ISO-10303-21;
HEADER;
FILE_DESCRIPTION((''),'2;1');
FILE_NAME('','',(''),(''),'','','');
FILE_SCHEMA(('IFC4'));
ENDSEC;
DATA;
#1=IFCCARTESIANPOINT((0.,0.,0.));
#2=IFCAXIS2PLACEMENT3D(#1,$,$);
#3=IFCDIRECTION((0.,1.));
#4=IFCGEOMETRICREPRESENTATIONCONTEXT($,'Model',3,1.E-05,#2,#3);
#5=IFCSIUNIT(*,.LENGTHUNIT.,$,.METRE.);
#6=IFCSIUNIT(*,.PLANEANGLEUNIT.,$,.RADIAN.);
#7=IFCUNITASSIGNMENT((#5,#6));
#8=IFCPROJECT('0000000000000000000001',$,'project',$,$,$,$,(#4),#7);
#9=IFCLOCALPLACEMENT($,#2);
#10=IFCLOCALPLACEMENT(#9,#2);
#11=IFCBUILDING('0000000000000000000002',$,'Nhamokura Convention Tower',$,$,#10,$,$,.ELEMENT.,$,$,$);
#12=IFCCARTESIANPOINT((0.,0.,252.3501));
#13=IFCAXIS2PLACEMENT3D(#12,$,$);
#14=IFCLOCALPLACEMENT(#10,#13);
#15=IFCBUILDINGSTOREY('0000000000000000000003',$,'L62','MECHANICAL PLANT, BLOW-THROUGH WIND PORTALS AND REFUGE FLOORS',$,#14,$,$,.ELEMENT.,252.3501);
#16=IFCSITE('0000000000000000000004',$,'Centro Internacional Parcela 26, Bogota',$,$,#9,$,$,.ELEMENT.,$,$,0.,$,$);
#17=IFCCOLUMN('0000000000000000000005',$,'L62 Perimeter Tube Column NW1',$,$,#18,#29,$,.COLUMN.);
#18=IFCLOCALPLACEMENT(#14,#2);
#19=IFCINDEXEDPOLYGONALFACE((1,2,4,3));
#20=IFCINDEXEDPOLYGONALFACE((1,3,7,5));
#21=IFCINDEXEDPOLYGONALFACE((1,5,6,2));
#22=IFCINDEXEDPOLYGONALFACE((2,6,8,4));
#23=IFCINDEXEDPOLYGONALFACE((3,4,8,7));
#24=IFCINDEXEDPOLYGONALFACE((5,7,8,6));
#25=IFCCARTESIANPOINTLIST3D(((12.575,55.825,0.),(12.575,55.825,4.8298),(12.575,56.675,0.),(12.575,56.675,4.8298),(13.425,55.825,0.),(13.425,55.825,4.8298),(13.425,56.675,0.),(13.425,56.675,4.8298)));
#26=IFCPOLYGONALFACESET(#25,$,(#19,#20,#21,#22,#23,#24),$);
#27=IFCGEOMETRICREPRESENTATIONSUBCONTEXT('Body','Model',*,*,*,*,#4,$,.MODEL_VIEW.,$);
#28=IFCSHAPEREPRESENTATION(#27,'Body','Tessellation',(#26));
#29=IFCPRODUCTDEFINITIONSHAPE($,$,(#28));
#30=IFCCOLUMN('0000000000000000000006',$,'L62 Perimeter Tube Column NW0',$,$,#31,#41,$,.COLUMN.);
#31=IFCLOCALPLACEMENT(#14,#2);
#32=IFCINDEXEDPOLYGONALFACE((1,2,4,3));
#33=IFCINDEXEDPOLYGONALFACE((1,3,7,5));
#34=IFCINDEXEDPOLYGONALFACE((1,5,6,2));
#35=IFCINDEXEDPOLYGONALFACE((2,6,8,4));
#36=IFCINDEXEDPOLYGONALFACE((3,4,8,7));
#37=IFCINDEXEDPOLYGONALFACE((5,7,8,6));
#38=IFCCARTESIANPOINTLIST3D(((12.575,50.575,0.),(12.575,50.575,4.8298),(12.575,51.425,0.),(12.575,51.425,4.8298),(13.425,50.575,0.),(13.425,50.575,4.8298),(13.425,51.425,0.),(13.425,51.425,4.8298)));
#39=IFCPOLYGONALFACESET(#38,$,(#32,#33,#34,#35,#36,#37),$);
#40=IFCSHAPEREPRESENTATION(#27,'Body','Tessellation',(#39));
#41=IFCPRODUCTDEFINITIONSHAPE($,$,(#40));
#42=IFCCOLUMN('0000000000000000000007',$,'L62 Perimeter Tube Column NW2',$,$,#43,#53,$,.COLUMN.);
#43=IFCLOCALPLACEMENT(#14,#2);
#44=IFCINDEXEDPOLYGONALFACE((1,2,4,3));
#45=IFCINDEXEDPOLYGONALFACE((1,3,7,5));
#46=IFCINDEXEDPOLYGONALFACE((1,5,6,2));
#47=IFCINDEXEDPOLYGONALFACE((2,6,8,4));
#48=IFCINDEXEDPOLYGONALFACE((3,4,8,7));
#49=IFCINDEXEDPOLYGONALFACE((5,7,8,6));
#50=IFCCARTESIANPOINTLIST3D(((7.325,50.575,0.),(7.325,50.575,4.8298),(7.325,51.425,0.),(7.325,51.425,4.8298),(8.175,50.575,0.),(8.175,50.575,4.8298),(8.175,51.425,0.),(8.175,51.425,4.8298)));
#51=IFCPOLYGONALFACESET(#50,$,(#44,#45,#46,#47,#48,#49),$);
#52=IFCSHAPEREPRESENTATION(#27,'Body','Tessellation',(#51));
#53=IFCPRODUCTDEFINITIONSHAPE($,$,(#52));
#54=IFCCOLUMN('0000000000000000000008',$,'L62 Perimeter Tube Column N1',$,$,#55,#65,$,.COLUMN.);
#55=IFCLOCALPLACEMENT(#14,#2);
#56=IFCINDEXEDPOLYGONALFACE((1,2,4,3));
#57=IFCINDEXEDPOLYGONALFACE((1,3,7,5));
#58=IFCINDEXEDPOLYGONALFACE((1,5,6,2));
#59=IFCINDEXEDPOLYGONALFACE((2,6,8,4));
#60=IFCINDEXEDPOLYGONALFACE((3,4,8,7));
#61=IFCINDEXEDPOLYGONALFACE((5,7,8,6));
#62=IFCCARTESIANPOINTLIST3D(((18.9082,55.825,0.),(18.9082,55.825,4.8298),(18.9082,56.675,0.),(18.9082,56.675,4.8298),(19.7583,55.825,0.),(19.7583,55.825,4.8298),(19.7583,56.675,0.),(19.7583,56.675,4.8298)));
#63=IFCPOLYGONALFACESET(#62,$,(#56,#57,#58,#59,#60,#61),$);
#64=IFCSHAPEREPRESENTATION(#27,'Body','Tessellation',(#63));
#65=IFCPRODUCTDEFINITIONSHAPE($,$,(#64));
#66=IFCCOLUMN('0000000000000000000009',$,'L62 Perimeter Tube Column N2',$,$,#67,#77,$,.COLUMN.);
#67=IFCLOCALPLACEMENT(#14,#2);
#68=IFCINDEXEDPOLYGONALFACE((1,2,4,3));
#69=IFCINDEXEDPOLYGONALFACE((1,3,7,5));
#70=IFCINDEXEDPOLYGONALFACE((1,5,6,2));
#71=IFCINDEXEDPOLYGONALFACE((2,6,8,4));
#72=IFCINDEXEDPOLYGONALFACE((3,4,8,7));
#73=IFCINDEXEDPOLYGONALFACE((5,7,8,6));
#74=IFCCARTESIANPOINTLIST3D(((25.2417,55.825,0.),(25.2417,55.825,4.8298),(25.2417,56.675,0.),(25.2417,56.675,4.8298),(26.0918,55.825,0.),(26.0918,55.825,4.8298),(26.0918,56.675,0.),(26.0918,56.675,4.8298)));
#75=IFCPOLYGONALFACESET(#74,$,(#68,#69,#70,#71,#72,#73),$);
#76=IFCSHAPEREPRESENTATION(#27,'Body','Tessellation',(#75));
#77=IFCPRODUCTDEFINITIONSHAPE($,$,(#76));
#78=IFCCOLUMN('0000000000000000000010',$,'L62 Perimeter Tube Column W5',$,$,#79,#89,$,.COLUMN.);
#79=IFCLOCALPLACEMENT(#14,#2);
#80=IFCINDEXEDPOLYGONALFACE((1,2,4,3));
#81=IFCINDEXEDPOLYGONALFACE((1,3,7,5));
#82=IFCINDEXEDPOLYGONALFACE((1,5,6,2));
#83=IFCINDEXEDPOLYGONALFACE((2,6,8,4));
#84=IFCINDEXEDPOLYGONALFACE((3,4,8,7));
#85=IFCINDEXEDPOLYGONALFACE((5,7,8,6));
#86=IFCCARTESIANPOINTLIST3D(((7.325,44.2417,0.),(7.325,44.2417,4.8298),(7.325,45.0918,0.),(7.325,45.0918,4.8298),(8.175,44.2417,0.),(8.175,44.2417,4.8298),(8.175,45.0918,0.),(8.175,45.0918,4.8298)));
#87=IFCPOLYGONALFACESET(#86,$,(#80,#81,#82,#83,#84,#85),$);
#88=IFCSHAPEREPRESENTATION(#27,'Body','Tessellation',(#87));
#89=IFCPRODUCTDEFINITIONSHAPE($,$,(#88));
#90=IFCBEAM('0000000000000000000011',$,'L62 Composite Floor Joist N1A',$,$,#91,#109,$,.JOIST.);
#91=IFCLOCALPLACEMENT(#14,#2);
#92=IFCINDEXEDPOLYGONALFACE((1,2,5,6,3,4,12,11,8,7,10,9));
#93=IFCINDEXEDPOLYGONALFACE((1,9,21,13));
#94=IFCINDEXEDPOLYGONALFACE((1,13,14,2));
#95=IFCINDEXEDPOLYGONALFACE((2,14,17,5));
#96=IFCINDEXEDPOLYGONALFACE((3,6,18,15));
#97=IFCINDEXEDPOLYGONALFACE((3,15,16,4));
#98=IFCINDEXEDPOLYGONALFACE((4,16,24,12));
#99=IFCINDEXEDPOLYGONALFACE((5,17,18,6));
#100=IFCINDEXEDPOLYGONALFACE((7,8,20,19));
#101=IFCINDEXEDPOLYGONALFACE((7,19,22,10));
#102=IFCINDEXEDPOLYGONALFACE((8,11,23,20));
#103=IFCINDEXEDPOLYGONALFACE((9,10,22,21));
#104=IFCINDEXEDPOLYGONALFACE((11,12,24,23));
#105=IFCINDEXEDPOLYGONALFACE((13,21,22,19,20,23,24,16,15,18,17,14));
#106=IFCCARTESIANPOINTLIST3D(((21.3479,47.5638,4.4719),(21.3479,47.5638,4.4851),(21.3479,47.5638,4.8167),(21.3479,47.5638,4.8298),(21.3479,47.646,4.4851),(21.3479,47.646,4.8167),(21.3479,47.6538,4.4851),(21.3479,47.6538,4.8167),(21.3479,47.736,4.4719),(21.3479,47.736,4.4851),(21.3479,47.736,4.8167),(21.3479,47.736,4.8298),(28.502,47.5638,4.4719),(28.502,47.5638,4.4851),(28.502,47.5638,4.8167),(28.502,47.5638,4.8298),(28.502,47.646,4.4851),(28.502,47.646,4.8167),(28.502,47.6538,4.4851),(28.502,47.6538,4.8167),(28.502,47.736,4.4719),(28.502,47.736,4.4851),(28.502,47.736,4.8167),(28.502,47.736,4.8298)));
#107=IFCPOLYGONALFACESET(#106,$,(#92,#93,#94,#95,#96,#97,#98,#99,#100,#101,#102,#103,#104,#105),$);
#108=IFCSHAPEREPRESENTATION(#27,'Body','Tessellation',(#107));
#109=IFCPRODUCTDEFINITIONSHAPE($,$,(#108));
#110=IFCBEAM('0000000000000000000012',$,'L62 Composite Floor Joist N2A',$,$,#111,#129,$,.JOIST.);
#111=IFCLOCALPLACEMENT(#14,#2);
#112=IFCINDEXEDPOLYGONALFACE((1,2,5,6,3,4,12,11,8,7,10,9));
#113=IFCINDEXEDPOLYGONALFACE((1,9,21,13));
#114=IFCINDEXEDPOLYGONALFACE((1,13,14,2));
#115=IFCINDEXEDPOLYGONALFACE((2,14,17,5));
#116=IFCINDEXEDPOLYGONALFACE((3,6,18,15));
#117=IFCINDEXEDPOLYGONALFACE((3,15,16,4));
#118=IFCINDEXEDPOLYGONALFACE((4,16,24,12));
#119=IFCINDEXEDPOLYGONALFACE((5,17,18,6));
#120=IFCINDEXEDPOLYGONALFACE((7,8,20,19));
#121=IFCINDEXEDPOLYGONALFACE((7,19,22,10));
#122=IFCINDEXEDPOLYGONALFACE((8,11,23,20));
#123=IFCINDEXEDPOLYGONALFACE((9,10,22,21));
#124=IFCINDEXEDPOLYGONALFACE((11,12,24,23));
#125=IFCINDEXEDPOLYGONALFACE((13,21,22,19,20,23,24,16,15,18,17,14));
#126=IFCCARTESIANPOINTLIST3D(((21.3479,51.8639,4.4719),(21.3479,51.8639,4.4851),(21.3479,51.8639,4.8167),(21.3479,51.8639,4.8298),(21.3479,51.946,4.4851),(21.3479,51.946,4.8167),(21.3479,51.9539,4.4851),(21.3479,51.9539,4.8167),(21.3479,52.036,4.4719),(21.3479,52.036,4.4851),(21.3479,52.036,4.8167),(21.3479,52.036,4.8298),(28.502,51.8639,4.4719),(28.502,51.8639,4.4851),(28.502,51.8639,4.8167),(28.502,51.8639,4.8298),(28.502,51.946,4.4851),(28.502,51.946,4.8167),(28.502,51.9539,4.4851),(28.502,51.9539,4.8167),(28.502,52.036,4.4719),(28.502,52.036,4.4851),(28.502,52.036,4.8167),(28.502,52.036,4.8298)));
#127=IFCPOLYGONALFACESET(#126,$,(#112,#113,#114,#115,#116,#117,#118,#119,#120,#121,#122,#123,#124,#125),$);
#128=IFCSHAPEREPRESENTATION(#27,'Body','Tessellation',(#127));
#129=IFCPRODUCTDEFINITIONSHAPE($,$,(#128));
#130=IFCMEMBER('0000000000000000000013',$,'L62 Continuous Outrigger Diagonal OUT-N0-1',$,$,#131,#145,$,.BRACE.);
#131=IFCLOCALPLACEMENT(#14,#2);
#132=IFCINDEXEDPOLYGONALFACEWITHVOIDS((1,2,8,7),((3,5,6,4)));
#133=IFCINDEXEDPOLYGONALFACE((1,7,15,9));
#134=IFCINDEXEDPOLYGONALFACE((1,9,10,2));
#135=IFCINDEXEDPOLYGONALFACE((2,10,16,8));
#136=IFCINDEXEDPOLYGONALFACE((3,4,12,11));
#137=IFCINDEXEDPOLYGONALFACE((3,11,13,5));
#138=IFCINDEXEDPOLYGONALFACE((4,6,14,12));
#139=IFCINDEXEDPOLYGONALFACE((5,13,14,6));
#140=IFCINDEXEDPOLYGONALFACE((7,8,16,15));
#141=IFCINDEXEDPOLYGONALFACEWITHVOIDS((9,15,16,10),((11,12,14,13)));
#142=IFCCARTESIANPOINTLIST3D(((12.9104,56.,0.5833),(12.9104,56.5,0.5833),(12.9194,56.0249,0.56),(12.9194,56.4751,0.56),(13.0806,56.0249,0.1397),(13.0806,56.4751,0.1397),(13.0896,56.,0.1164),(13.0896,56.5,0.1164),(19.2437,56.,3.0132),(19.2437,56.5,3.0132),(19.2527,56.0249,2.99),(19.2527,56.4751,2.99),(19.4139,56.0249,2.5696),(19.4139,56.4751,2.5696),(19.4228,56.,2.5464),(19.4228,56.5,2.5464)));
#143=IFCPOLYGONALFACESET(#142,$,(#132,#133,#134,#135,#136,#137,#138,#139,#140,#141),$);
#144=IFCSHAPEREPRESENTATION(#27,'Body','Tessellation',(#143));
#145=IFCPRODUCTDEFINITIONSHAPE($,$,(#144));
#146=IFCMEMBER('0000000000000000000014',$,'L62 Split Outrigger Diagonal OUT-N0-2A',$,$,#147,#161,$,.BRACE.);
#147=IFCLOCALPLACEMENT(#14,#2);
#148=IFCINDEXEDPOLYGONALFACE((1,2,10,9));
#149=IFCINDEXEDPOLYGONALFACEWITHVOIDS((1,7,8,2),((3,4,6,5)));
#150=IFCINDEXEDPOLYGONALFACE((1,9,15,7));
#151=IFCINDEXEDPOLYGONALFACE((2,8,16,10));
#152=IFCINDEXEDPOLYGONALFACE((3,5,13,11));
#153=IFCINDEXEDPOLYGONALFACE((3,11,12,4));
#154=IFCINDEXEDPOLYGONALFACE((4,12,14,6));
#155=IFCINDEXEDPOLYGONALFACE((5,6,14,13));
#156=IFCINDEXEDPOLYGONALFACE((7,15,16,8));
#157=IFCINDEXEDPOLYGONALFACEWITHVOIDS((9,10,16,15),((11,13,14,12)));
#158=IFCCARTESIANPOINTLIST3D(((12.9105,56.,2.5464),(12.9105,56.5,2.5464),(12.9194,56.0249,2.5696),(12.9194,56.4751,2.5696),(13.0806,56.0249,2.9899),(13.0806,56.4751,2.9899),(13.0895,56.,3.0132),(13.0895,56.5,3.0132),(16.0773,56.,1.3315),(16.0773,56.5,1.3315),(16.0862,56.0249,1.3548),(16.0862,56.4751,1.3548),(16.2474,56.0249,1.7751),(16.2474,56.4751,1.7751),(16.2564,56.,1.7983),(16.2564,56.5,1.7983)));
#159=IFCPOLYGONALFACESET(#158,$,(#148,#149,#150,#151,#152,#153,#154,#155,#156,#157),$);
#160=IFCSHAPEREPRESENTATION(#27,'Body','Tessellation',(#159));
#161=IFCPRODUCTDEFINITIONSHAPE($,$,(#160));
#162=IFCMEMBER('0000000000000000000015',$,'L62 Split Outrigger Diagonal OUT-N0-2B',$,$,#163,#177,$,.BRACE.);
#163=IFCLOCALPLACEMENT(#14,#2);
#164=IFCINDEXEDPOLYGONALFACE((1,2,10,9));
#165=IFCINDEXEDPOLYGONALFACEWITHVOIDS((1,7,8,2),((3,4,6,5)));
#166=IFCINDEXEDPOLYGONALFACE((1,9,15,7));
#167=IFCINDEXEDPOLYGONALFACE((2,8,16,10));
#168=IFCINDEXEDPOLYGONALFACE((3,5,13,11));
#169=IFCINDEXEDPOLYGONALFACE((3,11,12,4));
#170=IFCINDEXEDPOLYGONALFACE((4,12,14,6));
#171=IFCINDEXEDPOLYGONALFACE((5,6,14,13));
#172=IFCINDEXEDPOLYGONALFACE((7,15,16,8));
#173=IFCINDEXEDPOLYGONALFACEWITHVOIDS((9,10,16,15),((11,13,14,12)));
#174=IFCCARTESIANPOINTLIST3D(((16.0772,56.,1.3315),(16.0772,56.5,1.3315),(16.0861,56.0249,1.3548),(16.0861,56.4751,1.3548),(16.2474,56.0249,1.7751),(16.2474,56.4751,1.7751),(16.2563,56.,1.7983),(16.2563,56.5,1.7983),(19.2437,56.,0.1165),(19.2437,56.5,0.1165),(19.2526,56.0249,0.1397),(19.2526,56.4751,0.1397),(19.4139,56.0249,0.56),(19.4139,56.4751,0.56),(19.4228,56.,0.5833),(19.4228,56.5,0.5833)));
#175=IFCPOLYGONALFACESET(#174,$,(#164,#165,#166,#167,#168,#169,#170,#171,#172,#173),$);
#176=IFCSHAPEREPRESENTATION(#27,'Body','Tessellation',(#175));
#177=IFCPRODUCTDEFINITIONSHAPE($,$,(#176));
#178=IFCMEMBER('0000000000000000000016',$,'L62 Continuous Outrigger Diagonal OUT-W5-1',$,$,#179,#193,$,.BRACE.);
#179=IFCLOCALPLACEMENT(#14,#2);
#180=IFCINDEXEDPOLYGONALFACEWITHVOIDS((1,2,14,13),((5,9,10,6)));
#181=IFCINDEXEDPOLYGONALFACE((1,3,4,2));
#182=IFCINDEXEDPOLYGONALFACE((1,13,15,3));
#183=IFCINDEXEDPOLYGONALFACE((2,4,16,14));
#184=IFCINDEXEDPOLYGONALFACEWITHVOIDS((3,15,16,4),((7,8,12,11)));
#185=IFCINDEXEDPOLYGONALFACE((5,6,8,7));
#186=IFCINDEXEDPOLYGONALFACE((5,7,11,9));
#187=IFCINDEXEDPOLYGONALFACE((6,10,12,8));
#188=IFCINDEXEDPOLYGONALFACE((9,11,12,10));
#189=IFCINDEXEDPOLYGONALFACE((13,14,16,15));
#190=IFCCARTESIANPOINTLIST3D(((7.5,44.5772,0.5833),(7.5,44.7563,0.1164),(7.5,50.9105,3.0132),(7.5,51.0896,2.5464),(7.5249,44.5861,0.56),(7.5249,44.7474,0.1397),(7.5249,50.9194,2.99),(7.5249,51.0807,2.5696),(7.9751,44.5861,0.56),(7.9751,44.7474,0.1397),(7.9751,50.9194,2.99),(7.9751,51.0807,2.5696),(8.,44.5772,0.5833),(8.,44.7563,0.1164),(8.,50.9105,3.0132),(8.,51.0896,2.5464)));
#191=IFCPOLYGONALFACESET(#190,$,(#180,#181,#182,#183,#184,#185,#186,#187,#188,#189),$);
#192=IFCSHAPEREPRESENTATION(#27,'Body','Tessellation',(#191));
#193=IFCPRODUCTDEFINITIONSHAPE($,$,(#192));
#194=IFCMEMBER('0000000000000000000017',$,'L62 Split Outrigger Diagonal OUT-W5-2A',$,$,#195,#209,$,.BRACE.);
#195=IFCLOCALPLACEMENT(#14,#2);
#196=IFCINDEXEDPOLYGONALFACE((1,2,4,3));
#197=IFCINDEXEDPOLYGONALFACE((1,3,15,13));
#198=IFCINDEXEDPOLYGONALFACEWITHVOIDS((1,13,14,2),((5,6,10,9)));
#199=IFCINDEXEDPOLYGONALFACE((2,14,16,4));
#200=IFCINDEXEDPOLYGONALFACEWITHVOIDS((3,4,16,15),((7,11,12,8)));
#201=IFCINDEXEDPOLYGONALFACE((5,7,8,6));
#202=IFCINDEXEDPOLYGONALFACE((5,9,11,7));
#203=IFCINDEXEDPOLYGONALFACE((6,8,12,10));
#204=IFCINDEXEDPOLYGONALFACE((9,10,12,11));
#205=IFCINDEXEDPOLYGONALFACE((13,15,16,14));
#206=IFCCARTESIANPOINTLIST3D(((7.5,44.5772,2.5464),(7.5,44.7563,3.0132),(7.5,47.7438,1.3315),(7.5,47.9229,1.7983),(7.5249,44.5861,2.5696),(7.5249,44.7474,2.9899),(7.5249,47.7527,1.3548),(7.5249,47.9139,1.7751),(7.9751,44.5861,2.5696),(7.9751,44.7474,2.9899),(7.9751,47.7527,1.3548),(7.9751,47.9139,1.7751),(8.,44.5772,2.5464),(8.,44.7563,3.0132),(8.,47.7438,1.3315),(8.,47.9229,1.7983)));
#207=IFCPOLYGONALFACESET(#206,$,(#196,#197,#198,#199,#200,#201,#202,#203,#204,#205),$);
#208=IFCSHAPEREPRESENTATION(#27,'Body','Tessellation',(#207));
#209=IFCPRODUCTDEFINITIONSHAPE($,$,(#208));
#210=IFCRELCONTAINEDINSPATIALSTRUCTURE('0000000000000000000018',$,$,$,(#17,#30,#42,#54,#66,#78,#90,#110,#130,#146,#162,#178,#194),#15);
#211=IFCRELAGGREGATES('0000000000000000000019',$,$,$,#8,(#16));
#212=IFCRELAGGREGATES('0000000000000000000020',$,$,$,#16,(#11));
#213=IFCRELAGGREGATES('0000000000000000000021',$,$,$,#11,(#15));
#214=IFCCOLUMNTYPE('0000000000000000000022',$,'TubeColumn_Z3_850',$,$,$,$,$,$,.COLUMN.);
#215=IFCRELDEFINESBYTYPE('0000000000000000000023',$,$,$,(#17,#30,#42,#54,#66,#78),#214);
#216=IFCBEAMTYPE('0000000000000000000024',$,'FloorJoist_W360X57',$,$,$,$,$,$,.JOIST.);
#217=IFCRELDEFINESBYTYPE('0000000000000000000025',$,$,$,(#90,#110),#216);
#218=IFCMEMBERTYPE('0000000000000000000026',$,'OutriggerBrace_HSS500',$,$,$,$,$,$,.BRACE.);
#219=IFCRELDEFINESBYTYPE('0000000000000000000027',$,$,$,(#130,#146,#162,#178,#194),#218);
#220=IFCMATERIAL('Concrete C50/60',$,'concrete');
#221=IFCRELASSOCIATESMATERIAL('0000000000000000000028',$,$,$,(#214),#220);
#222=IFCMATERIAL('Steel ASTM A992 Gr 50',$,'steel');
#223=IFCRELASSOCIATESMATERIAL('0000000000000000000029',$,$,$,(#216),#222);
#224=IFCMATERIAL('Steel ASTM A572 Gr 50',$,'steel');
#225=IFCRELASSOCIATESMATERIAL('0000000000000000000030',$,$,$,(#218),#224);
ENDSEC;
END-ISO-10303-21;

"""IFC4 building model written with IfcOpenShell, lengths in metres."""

from ifc_helpers import new_model, si_unit, direction, frame, origin, origin_2d, place, context, subcontext, project, spatial, rectangle, hollow_rectangle, i_section, extrude, material, material_profile, profile_set, type_object, element, save


model = new_model("IFC4")

# Units and contexts
model_context = context("Model", 3, precision=1e-05, world=origin(), true_north=direction((0.0, 1.0)))
body_context = subcontext(model_context, "Body", "Model", "MODEL_VIEW")
ifc_project = project(units=[si_unit("LENGTHUNIT", "METRE"), si_unit("PLANEANGLEUNIT", "RADIAN")], contexts=[model_context])

# Site, building, storey
site_placement = place(None, origin())
site = spatial("IfcSite", under=ifc_project, at=site_placement, Name="Centro Internacional Parcela 26, Bogota", CompositionType="ELEMENT", RefElevation=0.0)
building_placement = place(site_placement, origin())
building = spatial("IfcBuilding", under=site, at=building_placement, Name="Nhamokura Convention Tower", CompositionType="ELEMENT")
storey_placement = place(building_placement, frame((0.0, 0.0, 252.3501)))
storey = spatial("IfcBuildingStorey", under=building, at=storey_placement, Name="L62", Description="MECHANICAL PLANT, BLOW-THROUGH WIND PORTALS AND REFUGE FLOORS", CompositionType="ELEMENT", Elevation=252.3501)

# Columns
ifc_material_1 = material(Name="Concrete C50/60", Category="concrete")
ifc_material_profile_1 = material_profile(ifc_material_1, rectangle(XDim=0.8501, YDim=0.8501, at=origin_2d()))
ifc_profile_set_1 = profile_set([ifc_material_profile_1], Name="Concrete C50/60")
column_type = type_object("IfcColumnType", Name="TubeColumn_Z3_850", PredefinedType="COLUMN", material=ifc_profile_set_1)
for number, where, z_axis, x_axis, name in (
    (1, (13.0, 56.25, 0.0), (0.0, 0.0, 1.0), (1.0, 0.0, 0.0), "L62 Perimeter Tube Column NW1"),
    (2, (13.0, 51.0, 0.0), (0.0, 0.0, 1.0), (1.0, 0.0, 0.0), "L62 Perimeter Tube Column NW0"),
    (3, (7.75, 51.0, 0.0), (0.0, 0.0, 1.0), (1.0, 0.0, 0.0), "L62 Perimeter Tube Column NW2"),
    (4, (19.3333, 56.25, 0.0), (0.0, 0.0, 1.0), (1.0, 0.0, 0.0), "L62 Perimeter Tube Column N1"),
    (5, (25.6667, 56.25, 0.0), (0.0, 0.0, 1.0), (1.0, 0.0, 0.0), "L62 Perimeter Tube Column N2"),
    (6, (7.75, 44.6667, 0.0), (0.0, 0.0, 1.0), (1.0, 0.0, 0.0), "L62 Perimeter Tube Column W5"),
):
    element("IfcColumn", number, at=place(storey_placement, frame(where, z_axis=z_axis, x_axis=x_axis)), inside=storey, type_object=column_type, Name=name, PredefinedType="COLUMN", context=body_context, shape_type="SweptSolid", body=[
        extrude(rectangle(XDim=0.8501, YDim=0.8501, at=origin_2d()), origin(), (0.0, 0.0, 1.0), 4.8298),
    ])

# Beams
ifc_material_2 = material(Name="Steel ASTM A992 Gr 50", Category="steel")
ifc_material_profile_2 = material_profile(ifc_material_2, i_section(OverallWidth=0.1721, OverallDepth=0.3579, WebThickness=0.0078, FlangeThickness=0.0132, at=origin_2d()))
ifc_profile_set_2 = profile_set([ifc_material_profile_2], Name="Steel ASTM A992 Gr 50")
beam_type_1 = type_object("IfcBeamType", Name="FloorJoist_W360X57", PredefinedType="JOIST", material=ifc_profile_set_2)
for number, where, z_axis, x_axis, name in (
    (7, (21.3479, 47.6499, 4.6509), (1.0, 0.0, 0.0), (0.0, 1.0, 0.0), "L62 Composite Floor Joist N1A"),
    (8, (21.3479, 51.95, 4.6509), (1.0, 0.0, 0.0), (0.0, 1.0, 0.0), "L62 Composite Floor Joist N2A"),
):
    element("IfcBeam", number, at=place(storey_placement, frame(where, z_axis=z_axis, x_axis=x_axis)), inside=storey, type_object=beam_type_1, Name=name, PredefinedType="JOIST", context=body_context, shape_type="SweptSolid", body=[
        extrude(i_section(OverallWidth=0.1721, OverallDepth=0.3579, WebThickness=0.0078, FlangeThickness=0.0132, at=origin_2d()), origin(), (0.0, 0.0, 1.0), 7.1541),
    ])

# Members
ifc_material_3 = material(Name="Steel ASTM A572 Gr 50", Category="steel")
ifc_material_profile_3 = material_profile(ifc_material_3, hollow_rectangle(XDim=0.5, YDim=0.5, WallThickness=0.0249, at=origin_2d()))
ifc_profile_set_3 = profile_set([ifc_material_profile_3], Name="Steel ASTM A572 Gr 50")
member_type = type_object("IfcMemberType", Name="OutriggerBrace_HSS500", PredefinedType="BRACE", material=ifc_profile_set_3)
member_1_placement = place(storey_placement, frame((13.0, 56.25, 0.3499), z_axis=(0.933638, 0.0, 0.358217), x_axis=(0.0, 1.0, 0.0)))
element("IfcMember", 9, at=member_1_placement, inside=storey, type_object=member_type, Name="L62 Continuous Outrigger Diagonal OUT-N0-1", PredefinedType="BRACE", context=body_context, shape_type="SweptSolid", body=[
    extrude(hollow_rectangle(XDim=0.5, YDim=0.5, WallThickness=0.0249, at=origin_2d()), origin(), (0.0, 0.0, 1.0), 6.7834),
])
member_2_placement = place(storey_placement, frame((13.0, 56.25, 2.7798), z_axis=(0.933655, 0.0, -0.358173), x_axis=(0.0, 1.0, 0.0)))
element("IfcMember", 10, at=member_2_placement, inside=storey, type_object=member_type, Name="L62 Split Outrigger Diagonal OUT-N0-2A", PredefinedType="BRACE", context=body_context, shape_type="SweptSolid", body=[
    extrude(hollow_rectangle(XDim=0.5, YDim=0.5, WallThickness=0.0249, at=origin_2d()), origin(), (0.0, 0.0, 1.0), 3.3918),
])
member_3_placement = place(storey_placement, frame((16.1667, 56.25, 1.5649), z_axis=(0.933622, 0.0, -0.35826), x_axis=(0.0, 1.0, 0.0)))
element("IfcMember", 11, at=member_3_placement, inside=storey, type_object=member_type, Name="L62 Split Outrigger Diagonal OUT-N0-2B", PredefinedType="BRACE", context=body_context, shape_type="SweptSolid", body=[
    extrude(hollow_rectangle(XDim=0.5, YDim=0.5, WallThickness=0.0249, at=origin_2d()), origin(), (0.0, 0.0, 1.0), 3.3916),
])
member_4_placement = place(storey_placement, frame((7.75, 44.6667, 0.3499), z_axis=(0.0, 0.933638, 0.358217), x_axis=(-1.0, 0.0, 0.0)))
element("IfcMember", 12, at=member_4_placement, inside=storey, type_object=member_type, Name="L62 Continuous Outrigger Diagonal OUT-W5-1", PredefinedType="BRACE", context=body_context, shape_type="SweptSolid", body=[
    extrude(hollow_rectangle(XDim=0.5, YDim=0.5, WallThickness=0.0249, at=origin_2d()), origin(), (0.0, 0.0, 1.0), 6.7834),
])
member_5_placement = place(storey_placement, frame((7.75, 44.6667, 2.7798), z_axis=(0.0, 0.933646, -0.358198), x_axis=(-1.0, 0.0, 0.0)))
element("IfcMember", 13, at=member_5_placement, inside=storey, type_object=member_type, Name="L62 Split Outrigger Diagonal OUT-W5-2A", PredefinedType="BRACE", context=body_context, shape_type="SweptSolid", body=[
    extrude(hollow_rectangle(XDim=0.5, YDim=0.5, WallThickness=0.0249, at=origin_2d()), origin(), (0.0, 0.0, 1.0), 3.3916),
])

save(model, "model.ifc")
